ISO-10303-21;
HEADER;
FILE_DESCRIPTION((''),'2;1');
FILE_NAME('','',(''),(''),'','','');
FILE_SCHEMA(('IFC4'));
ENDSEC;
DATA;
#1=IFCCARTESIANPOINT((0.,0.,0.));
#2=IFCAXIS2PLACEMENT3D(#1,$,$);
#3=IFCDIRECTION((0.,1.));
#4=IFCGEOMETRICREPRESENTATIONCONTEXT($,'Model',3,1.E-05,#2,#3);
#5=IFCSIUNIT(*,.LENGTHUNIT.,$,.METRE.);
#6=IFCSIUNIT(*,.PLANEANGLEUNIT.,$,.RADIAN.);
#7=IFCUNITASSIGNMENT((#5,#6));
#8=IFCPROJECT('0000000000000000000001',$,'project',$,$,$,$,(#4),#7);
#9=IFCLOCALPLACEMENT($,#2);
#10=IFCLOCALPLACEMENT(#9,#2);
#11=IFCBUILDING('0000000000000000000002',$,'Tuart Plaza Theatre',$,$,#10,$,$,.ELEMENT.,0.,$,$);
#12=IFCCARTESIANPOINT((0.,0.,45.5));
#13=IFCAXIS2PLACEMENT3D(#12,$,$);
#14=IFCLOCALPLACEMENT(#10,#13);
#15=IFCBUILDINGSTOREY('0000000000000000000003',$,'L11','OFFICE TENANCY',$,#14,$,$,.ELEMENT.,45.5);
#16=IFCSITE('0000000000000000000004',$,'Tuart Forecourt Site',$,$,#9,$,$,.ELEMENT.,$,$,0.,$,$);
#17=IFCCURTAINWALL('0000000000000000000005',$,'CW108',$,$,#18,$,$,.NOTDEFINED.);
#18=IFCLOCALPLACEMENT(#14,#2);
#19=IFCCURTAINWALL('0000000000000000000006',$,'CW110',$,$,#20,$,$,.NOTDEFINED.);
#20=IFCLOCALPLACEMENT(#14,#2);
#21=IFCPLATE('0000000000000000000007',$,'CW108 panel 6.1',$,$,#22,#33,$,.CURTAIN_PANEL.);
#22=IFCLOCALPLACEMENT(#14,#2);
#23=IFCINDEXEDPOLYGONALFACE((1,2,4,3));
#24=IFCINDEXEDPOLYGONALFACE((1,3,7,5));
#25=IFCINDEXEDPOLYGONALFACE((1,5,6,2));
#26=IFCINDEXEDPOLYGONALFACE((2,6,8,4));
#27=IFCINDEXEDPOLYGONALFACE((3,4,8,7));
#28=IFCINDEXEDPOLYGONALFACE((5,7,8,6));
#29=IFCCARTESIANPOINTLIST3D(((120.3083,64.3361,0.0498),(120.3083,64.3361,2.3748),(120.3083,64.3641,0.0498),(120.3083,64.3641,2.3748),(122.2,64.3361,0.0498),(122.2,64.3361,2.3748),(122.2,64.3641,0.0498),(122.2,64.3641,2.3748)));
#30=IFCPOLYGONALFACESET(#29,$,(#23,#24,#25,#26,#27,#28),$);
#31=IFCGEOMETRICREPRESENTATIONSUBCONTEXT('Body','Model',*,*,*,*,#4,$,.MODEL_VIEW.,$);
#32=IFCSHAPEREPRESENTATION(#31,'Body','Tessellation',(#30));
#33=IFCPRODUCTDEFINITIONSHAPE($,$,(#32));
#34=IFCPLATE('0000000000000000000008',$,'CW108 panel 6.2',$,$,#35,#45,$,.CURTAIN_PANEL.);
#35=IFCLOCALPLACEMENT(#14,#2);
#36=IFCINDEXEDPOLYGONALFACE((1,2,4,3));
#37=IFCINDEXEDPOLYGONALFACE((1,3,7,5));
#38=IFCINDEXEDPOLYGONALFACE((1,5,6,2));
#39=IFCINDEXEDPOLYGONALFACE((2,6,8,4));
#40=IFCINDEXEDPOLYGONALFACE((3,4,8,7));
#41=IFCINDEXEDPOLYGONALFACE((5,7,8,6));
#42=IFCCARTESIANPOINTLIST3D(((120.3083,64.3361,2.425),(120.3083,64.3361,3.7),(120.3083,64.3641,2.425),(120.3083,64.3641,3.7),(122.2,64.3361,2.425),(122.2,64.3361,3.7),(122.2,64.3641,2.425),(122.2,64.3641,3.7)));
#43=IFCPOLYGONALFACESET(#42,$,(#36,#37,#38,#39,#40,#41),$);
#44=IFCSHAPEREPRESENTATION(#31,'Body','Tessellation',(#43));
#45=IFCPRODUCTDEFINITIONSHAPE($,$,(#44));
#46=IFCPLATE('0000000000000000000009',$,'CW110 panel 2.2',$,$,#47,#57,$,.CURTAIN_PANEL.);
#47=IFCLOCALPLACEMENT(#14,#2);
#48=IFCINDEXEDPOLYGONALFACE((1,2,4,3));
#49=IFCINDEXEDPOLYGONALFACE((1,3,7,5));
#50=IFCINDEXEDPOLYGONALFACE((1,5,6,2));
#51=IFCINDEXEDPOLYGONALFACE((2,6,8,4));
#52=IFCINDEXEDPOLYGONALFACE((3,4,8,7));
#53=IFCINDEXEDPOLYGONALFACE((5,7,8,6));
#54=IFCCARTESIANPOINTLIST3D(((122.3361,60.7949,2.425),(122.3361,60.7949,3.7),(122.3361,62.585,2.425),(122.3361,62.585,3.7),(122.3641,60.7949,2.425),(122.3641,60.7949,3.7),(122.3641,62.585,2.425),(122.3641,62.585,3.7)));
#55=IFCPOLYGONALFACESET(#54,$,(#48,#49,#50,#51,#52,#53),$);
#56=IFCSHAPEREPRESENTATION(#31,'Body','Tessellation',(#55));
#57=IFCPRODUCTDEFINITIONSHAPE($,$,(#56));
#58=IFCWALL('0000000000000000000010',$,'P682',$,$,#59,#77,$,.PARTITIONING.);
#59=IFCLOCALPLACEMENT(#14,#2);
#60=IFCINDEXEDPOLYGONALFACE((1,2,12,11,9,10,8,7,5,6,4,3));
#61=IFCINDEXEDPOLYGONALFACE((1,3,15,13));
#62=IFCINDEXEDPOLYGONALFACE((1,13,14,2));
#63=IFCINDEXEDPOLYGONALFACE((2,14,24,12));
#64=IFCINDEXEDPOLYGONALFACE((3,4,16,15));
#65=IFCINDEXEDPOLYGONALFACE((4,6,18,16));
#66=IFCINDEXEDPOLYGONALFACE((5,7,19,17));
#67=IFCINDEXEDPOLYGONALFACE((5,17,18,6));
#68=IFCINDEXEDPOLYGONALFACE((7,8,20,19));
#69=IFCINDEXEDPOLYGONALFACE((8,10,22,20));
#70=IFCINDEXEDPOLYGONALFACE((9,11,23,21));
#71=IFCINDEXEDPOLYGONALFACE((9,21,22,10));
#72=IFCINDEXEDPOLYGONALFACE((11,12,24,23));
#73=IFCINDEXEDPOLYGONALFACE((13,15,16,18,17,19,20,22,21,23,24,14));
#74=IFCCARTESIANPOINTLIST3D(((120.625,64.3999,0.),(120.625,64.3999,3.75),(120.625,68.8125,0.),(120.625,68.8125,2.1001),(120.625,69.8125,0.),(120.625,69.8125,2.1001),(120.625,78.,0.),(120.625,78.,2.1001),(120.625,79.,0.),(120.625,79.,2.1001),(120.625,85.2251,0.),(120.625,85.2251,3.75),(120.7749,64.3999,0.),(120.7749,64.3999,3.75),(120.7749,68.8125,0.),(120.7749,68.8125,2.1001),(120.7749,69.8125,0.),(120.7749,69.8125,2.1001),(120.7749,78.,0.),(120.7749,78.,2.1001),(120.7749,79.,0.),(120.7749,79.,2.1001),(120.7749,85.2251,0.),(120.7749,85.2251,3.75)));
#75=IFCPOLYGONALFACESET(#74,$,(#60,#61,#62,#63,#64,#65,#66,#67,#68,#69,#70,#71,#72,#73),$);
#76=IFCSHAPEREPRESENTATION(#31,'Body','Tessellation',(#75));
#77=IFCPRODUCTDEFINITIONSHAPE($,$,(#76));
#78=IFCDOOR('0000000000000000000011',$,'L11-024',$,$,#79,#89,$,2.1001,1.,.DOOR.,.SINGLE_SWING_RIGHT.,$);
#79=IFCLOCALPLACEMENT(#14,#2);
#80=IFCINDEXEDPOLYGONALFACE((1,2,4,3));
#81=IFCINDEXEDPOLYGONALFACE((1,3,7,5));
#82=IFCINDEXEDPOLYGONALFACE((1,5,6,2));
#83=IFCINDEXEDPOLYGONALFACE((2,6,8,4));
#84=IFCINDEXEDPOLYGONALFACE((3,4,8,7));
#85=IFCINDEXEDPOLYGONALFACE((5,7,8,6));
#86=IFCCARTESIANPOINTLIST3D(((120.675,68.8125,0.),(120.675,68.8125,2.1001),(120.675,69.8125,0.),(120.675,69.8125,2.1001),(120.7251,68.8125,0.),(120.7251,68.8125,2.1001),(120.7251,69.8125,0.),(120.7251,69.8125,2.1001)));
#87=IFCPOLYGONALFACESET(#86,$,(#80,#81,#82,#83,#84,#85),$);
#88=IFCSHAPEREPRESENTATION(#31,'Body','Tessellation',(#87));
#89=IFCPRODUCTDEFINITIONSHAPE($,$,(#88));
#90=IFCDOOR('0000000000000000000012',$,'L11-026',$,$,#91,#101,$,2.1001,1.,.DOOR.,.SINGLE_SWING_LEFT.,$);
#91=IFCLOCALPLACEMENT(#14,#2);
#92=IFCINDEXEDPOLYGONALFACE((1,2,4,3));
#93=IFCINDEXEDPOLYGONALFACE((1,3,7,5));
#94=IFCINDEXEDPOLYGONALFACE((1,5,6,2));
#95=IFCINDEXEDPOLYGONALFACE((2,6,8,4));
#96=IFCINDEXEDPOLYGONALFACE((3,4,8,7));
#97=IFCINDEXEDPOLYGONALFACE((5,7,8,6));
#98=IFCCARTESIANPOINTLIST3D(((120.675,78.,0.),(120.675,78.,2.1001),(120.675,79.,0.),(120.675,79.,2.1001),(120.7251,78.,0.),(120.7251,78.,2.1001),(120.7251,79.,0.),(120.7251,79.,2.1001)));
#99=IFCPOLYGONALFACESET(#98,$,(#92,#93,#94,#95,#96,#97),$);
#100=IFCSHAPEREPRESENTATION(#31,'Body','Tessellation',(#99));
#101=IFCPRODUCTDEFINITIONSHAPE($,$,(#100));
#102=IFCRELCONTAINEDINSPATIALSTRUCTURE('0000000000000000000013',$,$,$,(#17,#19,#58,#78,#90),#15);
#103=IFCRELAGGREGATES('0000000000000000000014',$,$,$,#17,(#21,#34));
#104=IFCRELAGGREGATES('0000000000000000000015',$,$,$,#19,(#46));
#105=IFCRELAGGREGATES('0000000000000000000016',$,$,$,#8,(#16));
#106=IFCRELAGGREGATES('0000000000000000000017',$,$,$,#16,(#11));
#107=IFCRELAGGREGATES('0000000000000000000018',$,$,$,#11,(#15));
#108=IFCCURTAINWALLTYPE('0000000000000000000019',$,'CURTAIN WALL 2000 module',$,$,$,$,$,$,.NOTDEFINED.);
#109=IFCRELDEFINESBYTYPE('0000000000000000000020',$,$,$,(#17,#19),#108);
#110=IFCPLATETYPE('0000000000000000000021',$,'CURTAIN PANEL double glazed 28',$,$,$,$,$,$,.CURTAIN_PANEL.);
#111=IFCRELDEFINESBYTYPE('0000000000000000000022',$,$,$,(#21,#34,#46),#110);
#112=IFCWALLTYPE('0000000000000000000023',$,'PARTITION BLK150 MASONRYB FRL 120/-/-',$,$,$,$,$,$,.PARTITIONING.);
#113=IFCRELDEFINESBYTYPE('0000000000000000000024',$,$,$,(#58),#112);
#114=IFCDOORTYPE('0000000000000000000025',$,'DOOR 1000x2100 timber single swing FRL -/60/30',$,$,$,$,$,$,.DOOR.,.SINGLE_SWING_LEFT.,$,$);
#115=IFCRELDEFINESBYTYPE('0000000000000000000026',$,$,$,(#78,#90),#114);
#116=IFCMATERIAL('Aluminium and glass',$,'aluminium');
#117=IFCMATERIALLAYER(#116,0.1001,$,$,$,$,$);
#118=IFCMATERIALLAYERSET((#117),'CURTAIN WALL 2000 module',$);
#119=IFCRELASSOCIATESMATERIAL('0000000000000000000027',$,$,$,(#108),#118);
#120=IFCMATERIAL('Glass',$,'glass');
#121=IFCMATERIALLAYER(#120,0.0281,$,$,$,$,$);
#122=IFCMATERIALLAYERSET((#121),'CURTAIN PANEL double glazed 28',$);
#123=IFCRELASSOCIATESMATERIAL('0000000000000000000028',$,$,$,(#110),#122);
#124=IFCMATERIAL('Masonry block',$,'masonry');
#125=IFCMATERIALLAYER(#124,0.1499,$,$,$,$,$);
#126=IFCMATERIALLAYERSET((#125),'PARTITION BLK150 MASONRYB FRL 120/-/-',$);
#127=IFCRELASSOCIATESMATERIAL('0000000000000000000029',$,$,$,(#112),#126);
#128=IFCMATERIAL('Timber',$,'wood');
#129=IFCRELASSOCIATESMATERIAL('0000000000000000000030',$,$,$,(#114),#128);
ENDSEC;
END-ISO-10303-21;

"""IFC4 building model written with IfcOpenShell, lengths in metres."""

from ifc_helpers import new_model, si_unit, direction, frame, frame_2d, origin, origin_2d, place, context, subcontext, project, spatial, rectangle, extrude, material, layer, layer_set, type_object, element, fill, aggregate, save


model = new_model("IFC4")

# Units and contexts
model_context = context("Model", 3, precision=1e-05, world=origin(), true_north=direction((0.0, 1.0)))
body_context = subcontext(model_context, "Body", "Model", "MODEL_VIEW")
ifc_project = project(units=[si_unit("LENGTHUNIT", "METRE"), si_unit("PLANEANGLEUNIT", "RADIAN")], contexts=[model_context])

# Site, building, storey
site_placement = place(None, origin())
site = spatial("IfcSite", under=ifc_project, at=site_placement, Name="Tuart Forecourt Site", CompositionType="ELEMENT", RefElevation=0.0)
building_placement = place(site_placement, origin())
building = spatial("IfcBuilding", under=site, at=building_placement, Name="Tuart Plaza Theatre", CompositionType="ELEMENT", ElevationOfRefHeight=0.0)
storey_placement = place(building_placement, frame((0.0, 0.0, 45.5)))
storey = spatial("IfcBuildingStorey", under=building, at=storey_placement, Name="L11", Description="OFFICE TENANCY", CompositionType="ELEMENT", Elevation=45.5)

# Curtain walls
ifc_material_1 = material(Name="Aluminium and glass", Category="aluminium")
ifc_layer_1 = layer(ifc_material_1, 0.1001)
ifc_layer_set_1 = layer_set([ifc_layer_1], Name="CURTAIN WALL 2000 module")
curtain_wall_type = type_object("IfcCurtainWallType", Name="CURTAIN WALL 2000 module", PredefinedType="NOTDEFINED", material=ifc_layer_set_1)
curtain_wall_1_placement = place(storey_placement, origin())
curtain_wall_1 = element("IfcCurtainWall", 1, at=curtain_wall_1_placement, inside=storey, type_object=curtain_wall_type, Name="CW108", PredefinedType="NOTDEFINED")
curtain_wall_2_placement = place(storey_placement, origin())
curtain_wall_2 = element("IfcCurtainWall", 2, at=curtain_wall_2_placement, inside=storey, type_object=curtain_wall_type, Name="CW110", PredefinedType="NOTDEFINED")

# Plates
ifc_material_2 = material(Name="Glass", Category="glass")
ifc_layer_2 = layer(ifc_material_2, 0.0281)
ifc_layer_set_2 = layer_set([ifc_layer_2], Name="CURTAIN PANEL double glazed 28")
plate_type = type_object("IfcPlateType", Name="CURTAIN PANEL double glazed 28", PredefinedType="CURTAIN_PANEL", material=ifc_layer_set_2)
plate_1_placement = place(storey_placement, frame((121.2542, 64.3501, 0.0498), z_axis=(0.0, 0.0, 1.0), x_axis=(1.0, 0.0, 0.0)))
plate_1 = element("IfcPlate", 3, at=plate_1_placement, type_object=plate_type, Name="CW108 panel 6.1", PredefinedType="CURTAIN_PANEL", context=body_context, shape_type="SweptSolid", body=[
    extrude(rectangle(XDim=1.8916, YDim=0.0281, at=origin_2d()), origin(), (0.0, 0.0, 1.0), 2.325),
])
plate_2_placement = place(storey_placement, frame((121.2542, 64.3501, 2.425), z_axis=(0.0, 0.0, 1.0), x_axis=(1.0, 0.0, 0.0)))
plate_2 = element("IfcPlate", 4, at=plate_2_placement, type_object=plate_type, Name="CW108 panel 6.2", PredefinedType="CURTAIN_PANEL", context=body_context, shape_type="SweptSolid", body=[
    extrude(rectangle(XDim=1.8916, YDim=0.0281, at=origin_2d()), origin(), (0.0, 0.0, 1.0), 1.2749),
])
aggregate(curtain_wall_1, [plate_1, plate_2])
plate_3_placement = place(storey_placement, frame((122.3501, 61.6899, 2.425), z_axis=(0.0, 0.0, 1.0), x_axis=(0.0, -1.0, 0.0)))
plate_3 = element("IfcPlate", 5, at=plate_3_placement, type_object=plate_type, Name="CW110 panel 2.2", PredefinedType="CURTAIN_PANEL", context=body_context, shape_type="SweptSolid", body=[
    extrude(rectangle(XDim=1.79, YDim=0.0281, at=origin_2d()), origin(), (0.0, 0.0, 1.0), 1.2749),
])
aggregate(curtain_wall_2, [plate_3])

# Wall, openings, doors
ifc_material_3 = material(Name="Masonry block", Category="masonry")
ifc_layer_3 = layer(ifc_material_3, 0.1499)
ifc_layer_set_3 = layer_set([ifc_layer_3], Name="PARTITION BLK150 MASONRYB FRL 120/-/-")
wall_type = type_object("IfcWallType", Name="PARTITION BLK150 MASONRYB FRL 120/-/-", PredefinedType="PARTITIONING", material=ifc_layer_set_3)
wall_placement = place(storey_placement, frame((120.7, 64.3999, 0.0), z_axis=(0.0, 0.0, 1.0), x_axis=(0.0, 1.0, 0.0)))
wall = element("IfcWall", 6, at=wall_placement, inside=storey, type_object=wall_type, Name="P682", PredefinedType="PARTITIONING", context=body_context, shape_type="SweptSolid", body=[
    extrude(rectangle(XDim=20.8252, YDim=0.1499, at=frame_2d((10.4126, 0.0))), origin(), (0.0, 0.0, 1.0), 3.75),
])
opening_1_placement = place(wall_placement, frame((4.4126, 0.0, 0.0)))
opening_1 = element("IfcOpeningElement", 7, at=opening_1_placement, cuts=wall, PredefinedType="OPENING", context=body_context, shape_type="SweptSolid", body=[
    extrude(rectangle(XDim=1.0, YDim=2.1001, at=frame_2d((0.5, 1.05))), frame((0.0, 0.085, 0.0), z_axis=(0.0, -1.0, 0.0), x_axis=(1.0, 0.0, 0.0)), (0.0, 0.0, 1.0), 0.1699),
])
opening_2_placement = place(wall_placement, frame((13.6001, 0.0, 0.0)))
opening_2 = element("IfcOpeningElement", 8, at=opening_2_placement, cuts=wall, PredefinedType="OPENING", context=body_context, shape_type="SweptSolid", body=[
    extrude(rectangle(XDim=1.0, YDim=2.1001, at=frame_2d((0.5, 1.05))), frame((0.0, 0.085, 0.0), z_axis=(0.0, -1.0, 0.0), x_axis=(1.0, 0.0, 0.0)), (0.0, 0.0, 1.0), 0.1699),
])
ifc_material_4 = material(Name="Timber", Category="wood")
door_type = type_object("IfcDoorType", Name="DOOR 1000x2100 timber single swing FRL -/60/30", OperationType="SINGLE_SWING_LEFT", PredefinedType="DOOR", material=ifc_material_4)
door_1_placement = place(opening_1_placement, origin())
door_1 = element("IfcDoor", 9, at=door_1_placement, inside=storey, type_object=door_type, Name="L11-024", OperationType="SINGLE_SWING_RIGHT", OverallHeight=2.1001, OverallWidth=1.0, PredefinedType="DOOR", context=body_context, shape_type="SweptSolid", body=[
    extrude(rectangle(XDim=1.0, YDim=2.1001, at=frame_2d((0.5, 1.05))), frame((0.0, 0.0249, 0.0), z_axis=(0.0, -1.0, 0.0), x_axis=(1.0, 0.0, 0.0)), (0.0, 0.0, 1.0), 0.05),
])
fill(opening_1, door_1)
door_2_placement = place(opening_2_placement, origin())
door_2 = element("IfcDoor", 10, at=door_2_placement, inside=storey, type_object=door_type, Name="L11-026", OperationType="SINGLE_SWING_LEFT", OverallHeight=2.1001, OverallWidth=1.0, PredefinedType="DOOR", context=body_context, shape_type="SweptSolid", body=[
    extrude(rectangle(XDim=1.0, YDim=2.1001, at=frame_2d((0.5, 1.05))), frame((0.0, 0.0249, 0.0), z_axis=(0.0, -1.0, 0.0), x_axis=(1.0, 0.0, 0.0)), (0.0, 0.0, 1.0), 0.05),
])
fill(opening_2, door_2)

save(model, "model.ifc")
